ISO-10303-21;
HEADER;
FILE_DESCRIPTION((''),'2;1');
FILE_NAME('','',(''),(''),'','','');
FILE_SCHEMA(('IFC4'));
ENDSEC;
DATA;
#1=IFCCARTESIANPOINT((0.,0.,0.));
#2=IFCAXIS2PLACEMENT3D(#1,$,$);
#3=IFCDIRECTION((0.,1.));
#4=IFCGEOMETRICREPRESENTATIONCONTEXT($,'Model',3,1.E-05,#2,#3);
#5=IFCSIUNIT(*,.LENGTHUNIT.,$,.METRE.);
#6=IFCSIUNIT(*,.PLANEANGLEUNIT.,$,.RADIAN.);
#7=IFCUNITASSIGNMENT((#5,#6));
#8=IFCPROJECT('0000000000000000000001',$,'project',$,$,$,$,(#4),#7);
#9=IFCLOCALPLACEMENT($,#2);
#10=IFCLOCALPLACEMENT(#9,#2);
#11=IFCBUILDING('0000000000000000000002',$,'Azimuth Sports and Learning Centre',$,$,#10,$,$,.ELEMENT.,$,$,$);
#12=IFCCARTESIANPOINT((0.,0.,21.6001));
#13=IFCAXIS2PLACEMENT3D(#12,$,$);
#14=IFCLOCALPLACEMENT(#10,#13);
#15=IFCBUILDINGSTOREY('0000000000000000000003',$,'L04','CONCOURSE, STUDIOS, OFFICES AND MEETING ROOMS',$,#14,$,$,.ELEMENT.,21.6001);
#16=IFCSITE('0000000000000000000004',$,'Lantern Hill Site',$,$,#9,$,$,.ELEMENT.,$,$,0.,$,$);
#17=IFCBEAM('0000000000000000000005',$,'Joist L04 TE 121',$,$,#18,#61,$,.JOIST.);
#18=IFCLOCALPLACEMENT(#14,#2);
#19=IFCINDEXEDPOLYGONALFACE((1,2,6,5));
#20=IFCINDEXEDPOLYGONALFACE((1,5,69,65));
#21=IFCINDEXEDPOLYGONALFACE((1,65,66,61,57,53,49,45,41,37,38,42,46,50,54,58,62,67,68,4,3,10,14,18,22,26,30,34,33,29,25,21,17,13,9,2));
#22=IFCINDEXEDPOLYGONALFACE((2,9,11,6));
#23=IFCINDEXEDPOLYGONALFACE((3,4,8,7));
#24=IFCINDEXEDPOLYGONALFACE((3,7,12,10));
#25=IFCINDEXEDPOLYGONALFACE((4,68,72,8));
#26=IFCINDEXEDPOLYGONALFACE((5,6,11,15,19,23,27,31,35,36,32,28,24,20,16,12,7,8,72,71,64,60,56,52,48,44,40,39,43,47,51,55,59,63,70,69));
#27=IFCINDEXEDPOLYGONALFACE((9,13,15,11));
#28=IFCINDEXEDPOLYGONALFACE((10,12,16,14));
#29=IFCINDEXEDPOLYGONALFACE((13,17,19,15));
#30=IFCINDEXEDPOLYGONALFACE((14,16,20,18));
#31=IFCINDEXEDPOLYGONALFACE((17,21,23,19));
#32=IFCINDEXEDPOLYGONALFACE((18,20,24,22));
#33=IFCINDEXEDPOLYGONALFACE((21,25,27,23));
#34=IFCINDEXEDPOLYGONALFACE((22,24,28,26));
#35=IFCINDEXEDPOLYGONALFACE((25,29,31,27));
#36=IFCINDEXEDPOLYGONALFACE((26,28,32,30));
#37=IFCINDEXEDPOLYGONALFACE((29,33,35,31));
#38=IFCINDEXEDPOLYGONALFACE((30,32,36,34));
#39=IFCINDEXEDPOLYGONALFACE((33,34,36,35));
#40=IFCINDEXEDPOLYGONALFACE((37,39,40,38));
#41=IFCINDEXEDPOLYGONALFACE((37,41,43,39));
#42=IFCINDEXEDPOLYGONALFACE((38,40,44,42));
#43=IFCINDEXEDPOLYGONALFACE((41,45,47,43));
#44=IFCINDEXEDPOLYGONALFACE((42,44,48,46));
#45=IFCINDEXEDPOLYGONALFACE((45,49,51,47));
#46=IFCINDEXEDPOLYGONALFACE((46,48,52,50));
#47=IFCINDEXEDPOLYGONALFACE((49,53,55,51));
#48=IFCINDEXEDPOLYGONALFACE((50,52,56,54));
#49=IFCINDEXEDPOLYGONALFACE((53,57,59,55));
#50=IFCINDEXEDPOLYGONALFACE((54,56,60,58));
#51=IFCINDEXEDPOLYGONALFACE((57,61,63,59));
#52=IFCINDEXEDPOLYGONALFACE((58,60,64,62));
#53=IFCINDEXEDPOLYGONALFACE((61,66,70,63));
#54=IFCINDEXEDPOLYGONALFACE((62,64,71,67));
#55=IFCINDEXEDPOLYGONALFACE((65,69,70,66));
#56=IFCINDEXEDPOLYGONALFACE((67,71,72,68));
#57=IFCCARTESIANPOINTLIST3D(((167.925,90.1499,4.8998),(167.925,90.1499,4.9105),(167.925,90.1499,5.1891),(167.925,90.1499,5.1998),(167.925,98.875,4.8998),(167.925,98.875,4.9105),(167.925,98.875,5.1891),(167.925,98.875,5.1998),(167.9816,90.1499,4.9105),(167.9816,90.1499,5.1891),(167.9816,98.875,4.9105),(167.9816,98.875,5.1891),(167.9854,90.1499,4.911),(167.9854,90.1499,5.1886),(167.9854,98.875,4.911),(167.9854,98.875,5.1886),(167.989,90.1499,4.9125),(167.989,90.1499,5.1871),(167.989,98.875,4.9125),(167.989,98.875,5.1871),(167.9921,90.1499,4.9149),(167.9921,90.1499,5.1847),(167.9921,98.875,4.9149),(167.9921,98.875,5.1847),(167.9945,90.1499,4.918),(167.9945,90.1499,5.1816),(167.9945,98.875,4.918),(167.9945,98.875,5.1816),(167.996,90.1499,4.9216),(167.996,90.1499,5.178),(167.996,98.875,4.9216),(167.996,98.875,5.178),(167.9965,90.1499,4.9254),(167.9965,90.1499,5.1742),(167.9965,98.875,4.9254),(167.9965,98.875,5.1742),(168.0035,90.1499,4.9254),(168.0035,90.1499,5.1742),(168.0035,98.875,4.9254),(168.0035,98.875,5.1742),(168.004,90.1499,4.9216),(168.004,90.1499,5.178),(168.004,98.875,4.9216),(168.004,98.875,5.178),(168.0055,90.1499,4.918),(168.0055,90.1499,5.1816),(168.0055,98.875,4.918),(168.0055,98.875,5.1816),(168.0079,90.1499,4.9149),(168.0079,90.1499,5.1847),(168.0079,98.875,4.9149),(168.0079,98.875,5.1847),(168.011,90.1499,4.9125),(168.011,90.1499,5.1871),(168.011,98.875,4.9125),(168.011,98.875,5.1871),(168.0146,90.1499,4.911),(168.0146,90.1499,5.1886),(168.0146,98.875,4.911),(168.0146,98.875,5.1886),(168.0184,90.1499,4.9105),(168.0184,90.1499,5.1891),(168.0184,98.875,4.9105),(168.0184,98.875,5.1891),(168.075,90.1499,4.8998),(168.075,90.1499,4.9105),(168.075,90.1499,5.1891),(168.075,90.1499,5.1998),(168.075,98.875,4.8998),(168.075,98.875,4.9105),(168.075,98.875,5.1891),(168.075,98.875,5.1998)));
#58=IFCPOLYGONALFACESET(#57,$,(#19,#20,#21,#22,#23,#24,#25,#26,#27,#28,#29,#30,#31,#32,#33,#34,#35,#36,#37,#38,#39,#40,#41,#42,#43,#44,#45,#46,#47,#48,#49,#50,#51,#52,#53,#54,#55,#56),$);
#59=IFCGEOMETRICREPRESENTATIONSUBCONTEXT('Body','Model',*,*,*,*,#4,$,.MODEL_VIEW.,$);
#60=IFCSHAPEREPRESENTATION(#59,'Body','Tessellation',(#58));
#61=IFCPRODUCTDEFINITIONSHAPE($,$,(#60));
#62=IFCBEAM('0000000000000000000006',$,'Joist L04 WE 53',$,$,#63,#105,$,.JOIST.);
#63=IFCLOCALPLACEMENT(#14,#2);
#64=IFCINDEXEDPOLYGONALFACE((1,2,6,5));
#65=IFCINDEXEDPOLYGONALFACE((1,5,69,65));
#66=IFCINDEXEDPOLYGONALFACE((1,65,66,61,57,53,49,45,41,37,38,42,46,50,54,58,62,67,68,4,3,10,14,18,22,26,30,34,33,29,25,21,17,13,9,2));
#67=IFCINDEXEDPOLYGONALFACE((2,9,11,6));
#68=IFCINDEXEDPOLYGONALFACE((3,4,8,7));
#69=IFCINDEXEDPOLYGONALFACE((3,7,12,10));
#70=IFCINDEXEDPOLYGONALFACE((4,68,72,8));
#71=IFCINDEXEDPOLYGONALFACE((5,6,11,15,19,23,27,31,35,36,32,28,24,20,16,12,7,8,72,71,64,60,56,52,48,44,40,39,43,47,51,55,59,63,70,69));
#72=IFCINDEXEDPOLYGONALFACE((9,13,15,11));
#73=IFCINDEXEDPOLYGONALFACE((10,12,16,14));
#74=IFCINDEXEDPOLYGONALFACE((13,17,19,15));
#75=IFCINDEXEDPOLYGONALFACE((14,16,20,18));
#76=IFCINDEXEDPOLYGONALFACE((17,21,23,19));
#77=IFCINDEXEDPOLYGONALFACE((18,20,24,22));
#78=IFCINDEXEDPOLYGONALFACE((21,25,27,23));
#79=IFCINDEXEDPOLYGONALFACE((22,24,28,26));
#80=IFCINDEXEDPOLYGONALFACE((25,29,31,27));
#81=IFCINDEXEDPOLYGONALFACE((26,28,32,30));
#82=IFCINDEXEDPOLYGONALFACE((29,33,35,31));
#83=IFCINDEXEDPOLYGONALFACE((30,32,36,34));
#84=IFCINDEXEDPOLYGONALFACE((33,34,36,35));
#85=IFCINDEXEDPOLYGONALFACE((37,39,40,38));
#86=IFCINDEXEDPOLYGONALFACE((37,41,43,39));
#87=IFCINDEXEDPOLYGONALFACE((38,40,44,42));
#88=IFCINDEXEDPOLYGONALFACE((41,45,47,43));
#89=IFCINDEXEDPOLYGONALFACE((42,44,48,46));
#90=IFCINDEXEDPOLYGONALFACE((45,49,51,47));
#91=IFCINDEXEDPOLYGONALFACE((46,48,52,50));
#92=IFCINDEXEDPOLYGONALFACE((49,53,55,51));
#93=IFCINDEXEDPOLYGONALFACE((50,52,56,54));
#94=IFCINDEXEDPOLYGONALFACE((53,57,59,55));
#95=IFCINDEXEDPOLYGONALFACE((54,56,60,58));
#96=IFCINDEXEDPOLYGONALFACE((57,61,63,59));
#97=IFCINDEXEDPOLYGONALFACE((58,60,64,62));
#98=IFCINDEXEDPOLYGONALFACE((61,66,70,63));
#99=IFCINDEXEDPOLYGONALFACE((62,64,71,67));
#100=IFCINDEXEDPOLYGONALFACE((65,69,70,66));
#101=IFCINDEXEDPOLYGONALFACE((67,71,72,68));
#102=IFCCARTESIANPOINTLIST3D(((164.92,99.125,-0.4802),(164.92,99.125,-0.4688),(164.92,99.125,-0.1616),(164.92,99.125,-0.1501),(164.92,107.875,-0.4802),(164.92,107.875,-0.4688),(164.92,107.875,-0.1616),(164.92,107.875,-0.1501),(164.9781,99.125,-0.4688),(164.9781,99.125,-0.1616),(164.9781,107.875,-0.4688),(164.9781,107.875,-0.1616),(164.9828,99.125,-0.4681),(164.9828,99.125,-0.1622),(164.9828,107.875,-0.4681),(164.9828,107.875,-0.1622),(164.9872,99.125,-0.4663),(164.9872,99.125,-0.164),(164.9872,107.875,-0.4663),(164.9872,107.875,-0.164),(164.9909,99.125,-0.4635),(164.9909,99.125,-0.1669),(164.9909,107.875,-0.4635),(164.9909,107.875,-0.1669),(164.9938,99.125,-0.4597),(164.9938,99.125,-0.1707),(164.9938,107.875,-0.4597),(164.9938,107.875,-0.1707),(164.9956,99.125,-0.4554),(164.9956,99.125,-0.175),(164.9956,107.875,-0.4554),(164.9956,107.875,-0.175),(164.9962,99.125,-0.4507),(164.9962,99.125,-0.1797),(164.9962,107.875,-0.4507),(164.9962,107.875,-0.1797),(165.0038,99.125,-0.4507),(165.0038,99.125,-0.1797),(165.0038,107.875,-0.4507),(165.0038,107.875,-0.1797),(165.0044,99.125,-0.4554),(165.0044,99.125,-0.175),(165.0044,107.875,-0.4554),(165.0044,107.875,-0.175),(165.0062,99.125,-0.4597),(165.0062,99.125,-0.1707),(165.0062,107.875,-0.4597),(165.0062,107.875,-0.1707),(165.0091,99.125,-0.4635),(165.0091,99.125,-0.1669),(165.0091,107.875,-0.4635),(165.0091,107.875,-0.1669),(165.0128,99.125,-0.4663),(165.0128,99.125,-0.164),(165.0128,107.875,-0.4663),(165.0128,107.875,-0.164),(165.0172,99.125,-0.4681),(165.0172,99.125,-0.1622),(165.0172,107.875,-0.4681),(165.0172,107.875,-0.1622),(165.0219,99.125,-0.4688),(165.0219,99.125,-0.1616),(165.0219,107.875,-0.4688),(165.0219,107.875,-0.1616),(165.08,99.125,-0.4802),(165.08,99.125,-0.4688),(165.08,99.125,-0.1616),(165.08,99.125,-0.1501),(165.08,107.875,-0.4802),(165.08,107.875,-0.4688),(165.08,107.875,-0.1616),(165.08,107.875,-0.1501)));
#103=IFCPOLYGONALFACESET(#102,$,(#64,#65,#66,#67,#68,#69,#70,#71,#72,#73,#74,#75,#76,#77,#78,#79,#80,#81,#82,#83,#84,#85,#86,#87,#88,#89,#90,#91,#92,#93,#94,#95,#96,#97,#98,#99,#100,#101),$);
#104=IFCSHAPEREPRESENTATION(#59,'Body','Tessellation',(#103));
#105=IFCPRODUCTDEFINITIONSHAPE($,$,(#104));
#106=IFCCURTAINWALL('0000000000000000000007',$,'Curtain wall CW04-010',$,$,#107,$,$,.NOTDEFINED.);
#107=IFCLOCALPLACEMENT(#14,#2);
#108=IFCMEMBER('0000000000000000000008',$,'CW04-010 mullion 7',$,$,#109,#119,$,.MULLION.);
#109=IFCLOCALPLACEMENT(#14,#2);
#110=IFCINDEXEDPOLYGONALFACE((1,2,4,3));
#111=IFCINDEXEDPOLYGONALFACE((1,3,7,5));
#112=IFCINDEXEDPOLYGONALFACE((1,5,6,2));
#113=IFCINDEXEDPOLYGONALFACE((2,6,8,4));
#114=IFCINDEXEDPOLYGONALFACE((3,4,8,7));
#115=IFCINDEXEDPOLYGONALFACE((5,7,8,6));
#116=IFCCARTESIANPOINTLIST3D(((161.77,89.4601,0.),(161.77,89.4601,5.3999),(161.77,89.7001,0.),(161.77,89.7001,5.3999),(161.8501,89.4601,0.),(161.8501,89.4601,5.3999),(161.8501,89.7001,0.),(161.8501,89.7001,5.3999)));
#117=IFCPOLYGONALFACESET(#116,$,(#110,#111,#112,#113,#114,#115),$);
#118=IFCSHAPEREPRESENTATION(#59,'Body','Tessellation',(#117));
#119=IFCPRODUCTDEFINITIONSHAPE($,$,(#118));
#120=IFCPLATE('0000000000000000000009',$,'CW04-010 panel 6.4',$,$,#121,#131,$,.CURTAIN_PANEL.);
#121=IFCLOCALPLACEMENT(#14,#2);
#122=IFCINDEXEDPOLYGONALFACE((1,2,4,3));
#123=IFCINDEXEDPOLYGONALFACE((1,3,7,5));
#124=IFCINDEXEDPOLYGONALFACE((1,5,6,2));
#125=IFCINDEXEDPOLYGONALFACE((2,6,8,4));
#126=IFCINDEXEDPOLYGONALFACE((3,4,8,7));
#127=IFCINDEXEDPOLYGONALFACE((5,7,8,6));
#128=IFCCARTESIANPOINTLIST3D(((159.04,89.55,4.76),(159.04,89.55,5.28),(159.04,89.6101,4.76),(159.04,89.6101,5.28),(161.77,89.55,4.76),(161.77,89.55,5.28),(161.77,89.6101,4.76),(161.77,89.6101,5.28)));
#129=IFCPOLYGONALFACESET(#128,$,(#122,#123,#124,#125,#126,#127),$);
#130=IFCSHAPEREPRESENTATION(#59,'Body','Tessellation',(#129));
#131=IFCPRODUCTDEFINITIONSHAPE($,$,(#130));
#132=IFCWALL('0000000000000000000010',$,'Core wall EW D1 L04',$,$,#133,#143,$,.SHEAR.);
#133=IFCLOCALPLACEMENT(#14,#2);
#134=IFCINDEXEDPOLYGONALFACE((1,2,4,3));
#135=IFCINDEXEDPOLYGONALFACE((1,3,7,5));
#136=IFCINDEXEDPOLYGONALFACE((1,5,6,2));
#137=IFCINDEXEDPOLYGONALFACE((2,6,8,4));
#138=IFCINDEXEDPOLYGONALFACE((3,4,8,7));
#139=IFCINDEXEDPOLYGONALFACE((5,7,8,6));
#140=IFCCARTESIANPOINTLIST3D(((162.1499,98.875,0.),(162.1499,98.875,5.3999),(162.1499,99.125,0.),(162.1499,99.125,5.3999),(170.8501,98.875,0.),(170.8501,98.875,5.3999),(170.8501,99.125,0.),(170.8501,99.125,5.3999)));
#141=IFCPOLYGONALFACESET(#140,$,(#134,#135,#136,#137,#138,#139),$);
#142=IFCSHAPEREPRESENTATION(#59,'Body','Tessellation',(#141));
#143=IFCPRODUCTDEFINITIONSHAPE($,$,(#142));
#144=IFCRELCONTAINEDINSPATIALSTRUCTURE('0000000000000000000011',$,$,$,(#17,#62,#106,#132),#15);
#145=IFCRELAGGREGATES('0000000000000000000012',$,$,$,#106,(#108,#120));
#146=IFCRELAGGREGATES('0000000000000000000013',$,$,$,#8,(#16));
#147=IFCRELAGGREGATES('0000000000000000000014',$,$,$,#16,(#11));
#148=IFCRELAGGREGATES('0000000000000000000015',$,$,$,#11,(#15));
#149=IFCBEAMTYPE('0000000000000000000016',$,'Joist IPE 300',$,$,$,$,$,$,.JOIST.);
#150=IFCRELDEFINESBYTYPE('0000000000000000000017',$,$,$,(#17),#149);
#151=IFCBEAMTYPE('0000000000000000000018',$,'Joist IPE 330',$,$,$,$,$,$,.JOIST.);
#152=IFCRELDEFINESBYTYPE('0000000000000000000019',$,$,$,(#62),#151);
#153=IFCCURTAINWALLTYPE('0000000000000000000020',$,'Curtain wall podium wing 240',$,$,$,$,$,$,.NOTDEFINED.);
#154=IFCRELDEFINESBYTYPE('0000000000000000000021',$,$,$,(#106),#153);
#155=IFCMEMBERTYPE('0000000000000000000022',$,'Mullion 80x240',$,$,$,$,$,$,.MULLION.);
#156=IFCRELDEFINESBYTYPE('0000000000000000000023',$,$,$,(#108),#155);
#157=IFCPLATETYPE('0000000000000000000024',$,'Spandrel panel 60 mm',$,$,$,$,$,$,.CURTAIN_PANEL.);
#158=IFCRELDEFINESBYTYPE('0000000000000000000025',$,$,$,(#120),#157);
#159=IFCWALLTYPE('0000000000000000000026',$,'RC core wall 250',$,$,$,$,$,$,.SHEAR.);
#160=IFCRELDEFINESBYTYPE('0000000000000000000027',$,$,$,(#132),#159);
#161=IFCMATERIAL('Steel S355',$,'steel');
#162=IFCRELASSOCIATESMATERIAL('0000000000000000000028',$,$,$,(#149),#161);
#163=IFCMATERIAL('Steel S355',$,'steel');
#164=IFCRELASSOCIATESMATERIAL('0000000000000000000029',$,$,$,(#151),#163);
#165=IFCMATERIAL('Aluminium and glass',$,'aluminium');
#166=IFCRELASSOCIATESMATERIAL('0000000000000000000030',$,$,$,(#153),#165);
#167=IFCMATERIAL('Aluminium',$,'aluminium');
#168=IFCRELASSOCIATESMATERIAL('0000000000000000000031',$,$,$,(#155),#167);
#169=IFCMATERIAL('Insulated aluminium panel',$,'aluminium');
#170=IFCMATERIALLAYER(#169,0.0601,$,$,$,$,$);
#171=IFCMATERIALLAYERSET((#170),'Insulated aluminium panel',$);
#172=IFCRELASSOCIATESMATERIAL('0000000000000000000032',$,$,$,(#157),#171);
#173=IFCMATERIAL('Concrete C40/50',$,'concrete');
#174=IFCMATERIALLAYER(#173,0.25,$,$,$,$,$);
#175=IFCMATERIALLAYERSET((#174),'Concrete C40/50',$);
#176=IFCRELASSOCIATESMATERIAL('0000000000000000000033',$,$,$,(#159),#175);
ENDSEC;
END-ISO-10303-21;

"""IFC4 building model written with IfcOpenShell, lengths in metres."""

from ifc_helpers import new_model, si_unit, direction, frame, frame_2d, origin, origin_2d, place, context, subcontext, project, spatial, rectangle, i_section, extrude, material, layer, layer_set, material_profile, profile_set, type_object, element, aggregate, save


model = new_model("IFC4")

# Units and contexts
model_context = context("Model", 3, precision=1e-05, world=origin(), true_north=direction((0.0, 1.0)))
body_context = subcontext(model_context, "Body", "Model", "MODEL_VIEW")
ifc_project = project(units=[si_unit("LENGTHUNIT", "METRE"), si_unit("PLANEANGLEUNIT", "RADIAN")], contexts=[model_context])

# Site, building, storey
site_placement = place(None, origin())
site = spatial("IfcSite", under=ifc_project, at=site_placement, Name="Lantern Hill Site", CompositionType="ELEMENT", RefElevation=0.0)
building_placement = place(site_placement, origin())
building = spatial("IfcBuilding", under=site, at=building_placement, Name="Azimuth Sports and Learning Centre", CompositionType="ELEMENT")
storey_placement = place(building_placement, frame((0.0, 0.0, 21.6001)))
storey = spatial("IfcBuildingStorey", under=building, at=storey_placement, Name="L04", Description="CONCOURSE, STUDIOS, OFFICES AND MEETING ROOMS", CompositionType="ELEMENT", Elevation=21.6001)

# Beams
ifc_material_1 = material(Name="Steel S355", Category="steel")
ifc_material_profile_1 = material_profile(ifc_material_1, i_section(OverallWidth=0.1499, OverallDepth=0.3, WebThickness=0.0071, FlangeThickness=0.0107, FilletRadius=0.0149, at=origin_2d()), Name="IPE 300")
ifc_profile_set_1 = profile_set([ifc_material_profile_1], Name="Steel S355")
beam_type_1 = type_object("IfcBeamType", Name="Joist IPE 300", PredefinedType="JOIST", material=ifc_profile_set_1)
beam_1_placement = place(storey_placement, frame((168.0, 90.1499, 5.0498), z_axis=(0.0, 1.0, 0.0), x_axis=(-1.0, 0.0, 0.0)))
element("IfcBeam", 1, at=beam_1_placement, inside=storey, type_object=beam_type_1, Name="Joist L04 TE 121", PredefinedType="JOIST", context=body_context, shape_type="SweptSolid", body=[
    extrude(i_section(OverallWidth=0.1499, OverallDepth=0.3, WebThickness=0.0071, FlangeThickness=0.0107, FilletRadius=0.0149, at=origin_2d()), origin(), (0.0, 0.0, 1.0), 8.7251),
])
ifc_material_2 = material(Name="Steel S355", Category="steel")
ifc_material_profile_2 = material_profile(ifc_material_2, i_section(OverallWidth=0.1599, OverallDepth=0.3301, WebThickness=0.0076, FlangeThickness=0.0115, FilletRadius=0.0181, at=origin_2d()), Name="IPE 330")
ifc_profile_set_2 = profile_set([ifc_material_profile_2], Name="Steel S355")
beam_type_2 = type_object("IfcBeamType", Name="Joist IPE 330", PredefinedType="JOIST", material=ifc_profile_set_2)
beam_2_placement = place(storey_placement, frame((165.0, 99.125, -0.3152), z_axis=(0.0, 1.0, 0.0), x_axis=(-1.0, 0.0, 0.0)))
element("IfcBeam", 2, at=beam_2_placement, inside=storey, type_object=beam_type_2, Name="Joist L04 WE 53", PredefinedType="JOIST", context=body_context, shape_type="SweptSolid", body=[
    extrude(i_section(OverallWidth=0.1599, OverallDepth=0.3301, WebThickness=0.0076, FlangeThickness=0.0115, FilletRadius=0.0181, at=origin_2d()), origin(), (0.0, 0.0, 1.0), 8.75),
])

# Curtain wall, member, plate
ifc_material_3 = material(Name="Aluminium and glass", Category="aluminium")
curtain_wall_type = type_object("IfcCurtainWallType", Name="Curtain wall podium wing 240", PredefinedType="NOTDEFINED", material=ifc_material_3)
curtain_wall_placement = place(storey_placement, origin())
curtain_wall = element("IfcCurtainWall", 3, at=curtain_wall_placement, inside=storey, type_object=curtain_wall_type, Name="Curtain wall CW04-010", PredefinedType="NOTDEFINED")
ifc_material_4 = material(Name="Aluminium", Category="aluminium")
ifc_material_profile_3 = material_profile(ifc_material_4, rectangle(XDim=0.24, YDim=0.0801, at=origin_2d()), Name="Mullion 80x240")
ifc_profile_set_3 = profile_set([ifc_material_profile_3], Name="Aluminium")
member_type = type_object("IfcMemberType", Name="Mullion 80x240", PredefinedType="MULLION", material=ifc_profile_set_3)
member_placement = place(storey_placement, frame((161.8101, 89.5801, 0.0), z_axis=(0.0, 0.0, 1.0), x_axis=(0.0, 1.0, 0.0)))
member = element("IfcMember", 4, at=member_placement, type_object=member_type, Name="CW04-010 mullion 7", PredefinedType="MULLION", context=body_context, shape_type="SweptSolid", body=[
    extrude(rectangle(XDim=0.24, YDim=0.0801, at=origin_2d()), origin(), (0.0, 0.0, 1.0), 5.3999),
])
ifc_material_5 = material(Name="Insulated aluminium panel", Category="aluminium")
ifc_layer_1 = layer(ifc_material_5, 0.0601)
ifc_layer_set_1 = layer_set([ifc_layer_1], Name="Insulated aluminium panel")
plate_type = type_object("IfcPlateType", Name="Spandrel panel 60 mm", PredefinedType="CURTAIN_PANEL", material=ifc_layer_set_1)
plate_placement = place(storey_placement, frame((160.405, 89.5801, 4.76), z_axis=(0.0, 0.0, 1.0), x_axis=(1.0, 0.0, 0.0)))
plate = element("IfcPlate", 5, at=plate_placement, type_object=plate_type, Name="CW04-010 panel 6.4", PredefinedType="CURTAIN_PANEL", context=body_context, shape_type="SweptSolid", body=[
    extrude(rectangle(XDim=2.73, YDim=0.0601, at=origin_2d()), origin(), (0.0, 0.0, 1.0), 0.52),
])
aggregate(curtain_wall, [member, plate])

# Wall
ifc_material_6 = material(Name="Concrete C40/50", Category="concrete")
ifc_layer_2 = layer(ifc_material_6, 0.25)
ifc_layer_set_2 = layer_set([ifc_layer_2], Name="Concrete C40/50")
wall_type_1 = type_object("IfcWallType", Name="RC core wall 250", PredefinedType="SHEAR", material=ifc_layer_set_2)
wall_1_placement = place(storey_placement, frame((162.1499, 99.0, 0.0), z_axis=(0.0, 0.0, 1.0), x_axis=(1.0, 0.0, 0.0)))
element("IfcWall", 6, at=wall_1_placement, inside=storey, type_object=wall_type_1, Name="Core wall EW D1 L04", PredefinedType="SHEAR", context=body_context, shape_type="SweptSolid", body=[
    extrude(rectangle(XDim=8.7002, YDim=0.25, at=frame_2d((4.3501, 0.0))), origin(), (0.0, 0.0, 1.0), 5.3999),
])

save(model, "model.ifc")
